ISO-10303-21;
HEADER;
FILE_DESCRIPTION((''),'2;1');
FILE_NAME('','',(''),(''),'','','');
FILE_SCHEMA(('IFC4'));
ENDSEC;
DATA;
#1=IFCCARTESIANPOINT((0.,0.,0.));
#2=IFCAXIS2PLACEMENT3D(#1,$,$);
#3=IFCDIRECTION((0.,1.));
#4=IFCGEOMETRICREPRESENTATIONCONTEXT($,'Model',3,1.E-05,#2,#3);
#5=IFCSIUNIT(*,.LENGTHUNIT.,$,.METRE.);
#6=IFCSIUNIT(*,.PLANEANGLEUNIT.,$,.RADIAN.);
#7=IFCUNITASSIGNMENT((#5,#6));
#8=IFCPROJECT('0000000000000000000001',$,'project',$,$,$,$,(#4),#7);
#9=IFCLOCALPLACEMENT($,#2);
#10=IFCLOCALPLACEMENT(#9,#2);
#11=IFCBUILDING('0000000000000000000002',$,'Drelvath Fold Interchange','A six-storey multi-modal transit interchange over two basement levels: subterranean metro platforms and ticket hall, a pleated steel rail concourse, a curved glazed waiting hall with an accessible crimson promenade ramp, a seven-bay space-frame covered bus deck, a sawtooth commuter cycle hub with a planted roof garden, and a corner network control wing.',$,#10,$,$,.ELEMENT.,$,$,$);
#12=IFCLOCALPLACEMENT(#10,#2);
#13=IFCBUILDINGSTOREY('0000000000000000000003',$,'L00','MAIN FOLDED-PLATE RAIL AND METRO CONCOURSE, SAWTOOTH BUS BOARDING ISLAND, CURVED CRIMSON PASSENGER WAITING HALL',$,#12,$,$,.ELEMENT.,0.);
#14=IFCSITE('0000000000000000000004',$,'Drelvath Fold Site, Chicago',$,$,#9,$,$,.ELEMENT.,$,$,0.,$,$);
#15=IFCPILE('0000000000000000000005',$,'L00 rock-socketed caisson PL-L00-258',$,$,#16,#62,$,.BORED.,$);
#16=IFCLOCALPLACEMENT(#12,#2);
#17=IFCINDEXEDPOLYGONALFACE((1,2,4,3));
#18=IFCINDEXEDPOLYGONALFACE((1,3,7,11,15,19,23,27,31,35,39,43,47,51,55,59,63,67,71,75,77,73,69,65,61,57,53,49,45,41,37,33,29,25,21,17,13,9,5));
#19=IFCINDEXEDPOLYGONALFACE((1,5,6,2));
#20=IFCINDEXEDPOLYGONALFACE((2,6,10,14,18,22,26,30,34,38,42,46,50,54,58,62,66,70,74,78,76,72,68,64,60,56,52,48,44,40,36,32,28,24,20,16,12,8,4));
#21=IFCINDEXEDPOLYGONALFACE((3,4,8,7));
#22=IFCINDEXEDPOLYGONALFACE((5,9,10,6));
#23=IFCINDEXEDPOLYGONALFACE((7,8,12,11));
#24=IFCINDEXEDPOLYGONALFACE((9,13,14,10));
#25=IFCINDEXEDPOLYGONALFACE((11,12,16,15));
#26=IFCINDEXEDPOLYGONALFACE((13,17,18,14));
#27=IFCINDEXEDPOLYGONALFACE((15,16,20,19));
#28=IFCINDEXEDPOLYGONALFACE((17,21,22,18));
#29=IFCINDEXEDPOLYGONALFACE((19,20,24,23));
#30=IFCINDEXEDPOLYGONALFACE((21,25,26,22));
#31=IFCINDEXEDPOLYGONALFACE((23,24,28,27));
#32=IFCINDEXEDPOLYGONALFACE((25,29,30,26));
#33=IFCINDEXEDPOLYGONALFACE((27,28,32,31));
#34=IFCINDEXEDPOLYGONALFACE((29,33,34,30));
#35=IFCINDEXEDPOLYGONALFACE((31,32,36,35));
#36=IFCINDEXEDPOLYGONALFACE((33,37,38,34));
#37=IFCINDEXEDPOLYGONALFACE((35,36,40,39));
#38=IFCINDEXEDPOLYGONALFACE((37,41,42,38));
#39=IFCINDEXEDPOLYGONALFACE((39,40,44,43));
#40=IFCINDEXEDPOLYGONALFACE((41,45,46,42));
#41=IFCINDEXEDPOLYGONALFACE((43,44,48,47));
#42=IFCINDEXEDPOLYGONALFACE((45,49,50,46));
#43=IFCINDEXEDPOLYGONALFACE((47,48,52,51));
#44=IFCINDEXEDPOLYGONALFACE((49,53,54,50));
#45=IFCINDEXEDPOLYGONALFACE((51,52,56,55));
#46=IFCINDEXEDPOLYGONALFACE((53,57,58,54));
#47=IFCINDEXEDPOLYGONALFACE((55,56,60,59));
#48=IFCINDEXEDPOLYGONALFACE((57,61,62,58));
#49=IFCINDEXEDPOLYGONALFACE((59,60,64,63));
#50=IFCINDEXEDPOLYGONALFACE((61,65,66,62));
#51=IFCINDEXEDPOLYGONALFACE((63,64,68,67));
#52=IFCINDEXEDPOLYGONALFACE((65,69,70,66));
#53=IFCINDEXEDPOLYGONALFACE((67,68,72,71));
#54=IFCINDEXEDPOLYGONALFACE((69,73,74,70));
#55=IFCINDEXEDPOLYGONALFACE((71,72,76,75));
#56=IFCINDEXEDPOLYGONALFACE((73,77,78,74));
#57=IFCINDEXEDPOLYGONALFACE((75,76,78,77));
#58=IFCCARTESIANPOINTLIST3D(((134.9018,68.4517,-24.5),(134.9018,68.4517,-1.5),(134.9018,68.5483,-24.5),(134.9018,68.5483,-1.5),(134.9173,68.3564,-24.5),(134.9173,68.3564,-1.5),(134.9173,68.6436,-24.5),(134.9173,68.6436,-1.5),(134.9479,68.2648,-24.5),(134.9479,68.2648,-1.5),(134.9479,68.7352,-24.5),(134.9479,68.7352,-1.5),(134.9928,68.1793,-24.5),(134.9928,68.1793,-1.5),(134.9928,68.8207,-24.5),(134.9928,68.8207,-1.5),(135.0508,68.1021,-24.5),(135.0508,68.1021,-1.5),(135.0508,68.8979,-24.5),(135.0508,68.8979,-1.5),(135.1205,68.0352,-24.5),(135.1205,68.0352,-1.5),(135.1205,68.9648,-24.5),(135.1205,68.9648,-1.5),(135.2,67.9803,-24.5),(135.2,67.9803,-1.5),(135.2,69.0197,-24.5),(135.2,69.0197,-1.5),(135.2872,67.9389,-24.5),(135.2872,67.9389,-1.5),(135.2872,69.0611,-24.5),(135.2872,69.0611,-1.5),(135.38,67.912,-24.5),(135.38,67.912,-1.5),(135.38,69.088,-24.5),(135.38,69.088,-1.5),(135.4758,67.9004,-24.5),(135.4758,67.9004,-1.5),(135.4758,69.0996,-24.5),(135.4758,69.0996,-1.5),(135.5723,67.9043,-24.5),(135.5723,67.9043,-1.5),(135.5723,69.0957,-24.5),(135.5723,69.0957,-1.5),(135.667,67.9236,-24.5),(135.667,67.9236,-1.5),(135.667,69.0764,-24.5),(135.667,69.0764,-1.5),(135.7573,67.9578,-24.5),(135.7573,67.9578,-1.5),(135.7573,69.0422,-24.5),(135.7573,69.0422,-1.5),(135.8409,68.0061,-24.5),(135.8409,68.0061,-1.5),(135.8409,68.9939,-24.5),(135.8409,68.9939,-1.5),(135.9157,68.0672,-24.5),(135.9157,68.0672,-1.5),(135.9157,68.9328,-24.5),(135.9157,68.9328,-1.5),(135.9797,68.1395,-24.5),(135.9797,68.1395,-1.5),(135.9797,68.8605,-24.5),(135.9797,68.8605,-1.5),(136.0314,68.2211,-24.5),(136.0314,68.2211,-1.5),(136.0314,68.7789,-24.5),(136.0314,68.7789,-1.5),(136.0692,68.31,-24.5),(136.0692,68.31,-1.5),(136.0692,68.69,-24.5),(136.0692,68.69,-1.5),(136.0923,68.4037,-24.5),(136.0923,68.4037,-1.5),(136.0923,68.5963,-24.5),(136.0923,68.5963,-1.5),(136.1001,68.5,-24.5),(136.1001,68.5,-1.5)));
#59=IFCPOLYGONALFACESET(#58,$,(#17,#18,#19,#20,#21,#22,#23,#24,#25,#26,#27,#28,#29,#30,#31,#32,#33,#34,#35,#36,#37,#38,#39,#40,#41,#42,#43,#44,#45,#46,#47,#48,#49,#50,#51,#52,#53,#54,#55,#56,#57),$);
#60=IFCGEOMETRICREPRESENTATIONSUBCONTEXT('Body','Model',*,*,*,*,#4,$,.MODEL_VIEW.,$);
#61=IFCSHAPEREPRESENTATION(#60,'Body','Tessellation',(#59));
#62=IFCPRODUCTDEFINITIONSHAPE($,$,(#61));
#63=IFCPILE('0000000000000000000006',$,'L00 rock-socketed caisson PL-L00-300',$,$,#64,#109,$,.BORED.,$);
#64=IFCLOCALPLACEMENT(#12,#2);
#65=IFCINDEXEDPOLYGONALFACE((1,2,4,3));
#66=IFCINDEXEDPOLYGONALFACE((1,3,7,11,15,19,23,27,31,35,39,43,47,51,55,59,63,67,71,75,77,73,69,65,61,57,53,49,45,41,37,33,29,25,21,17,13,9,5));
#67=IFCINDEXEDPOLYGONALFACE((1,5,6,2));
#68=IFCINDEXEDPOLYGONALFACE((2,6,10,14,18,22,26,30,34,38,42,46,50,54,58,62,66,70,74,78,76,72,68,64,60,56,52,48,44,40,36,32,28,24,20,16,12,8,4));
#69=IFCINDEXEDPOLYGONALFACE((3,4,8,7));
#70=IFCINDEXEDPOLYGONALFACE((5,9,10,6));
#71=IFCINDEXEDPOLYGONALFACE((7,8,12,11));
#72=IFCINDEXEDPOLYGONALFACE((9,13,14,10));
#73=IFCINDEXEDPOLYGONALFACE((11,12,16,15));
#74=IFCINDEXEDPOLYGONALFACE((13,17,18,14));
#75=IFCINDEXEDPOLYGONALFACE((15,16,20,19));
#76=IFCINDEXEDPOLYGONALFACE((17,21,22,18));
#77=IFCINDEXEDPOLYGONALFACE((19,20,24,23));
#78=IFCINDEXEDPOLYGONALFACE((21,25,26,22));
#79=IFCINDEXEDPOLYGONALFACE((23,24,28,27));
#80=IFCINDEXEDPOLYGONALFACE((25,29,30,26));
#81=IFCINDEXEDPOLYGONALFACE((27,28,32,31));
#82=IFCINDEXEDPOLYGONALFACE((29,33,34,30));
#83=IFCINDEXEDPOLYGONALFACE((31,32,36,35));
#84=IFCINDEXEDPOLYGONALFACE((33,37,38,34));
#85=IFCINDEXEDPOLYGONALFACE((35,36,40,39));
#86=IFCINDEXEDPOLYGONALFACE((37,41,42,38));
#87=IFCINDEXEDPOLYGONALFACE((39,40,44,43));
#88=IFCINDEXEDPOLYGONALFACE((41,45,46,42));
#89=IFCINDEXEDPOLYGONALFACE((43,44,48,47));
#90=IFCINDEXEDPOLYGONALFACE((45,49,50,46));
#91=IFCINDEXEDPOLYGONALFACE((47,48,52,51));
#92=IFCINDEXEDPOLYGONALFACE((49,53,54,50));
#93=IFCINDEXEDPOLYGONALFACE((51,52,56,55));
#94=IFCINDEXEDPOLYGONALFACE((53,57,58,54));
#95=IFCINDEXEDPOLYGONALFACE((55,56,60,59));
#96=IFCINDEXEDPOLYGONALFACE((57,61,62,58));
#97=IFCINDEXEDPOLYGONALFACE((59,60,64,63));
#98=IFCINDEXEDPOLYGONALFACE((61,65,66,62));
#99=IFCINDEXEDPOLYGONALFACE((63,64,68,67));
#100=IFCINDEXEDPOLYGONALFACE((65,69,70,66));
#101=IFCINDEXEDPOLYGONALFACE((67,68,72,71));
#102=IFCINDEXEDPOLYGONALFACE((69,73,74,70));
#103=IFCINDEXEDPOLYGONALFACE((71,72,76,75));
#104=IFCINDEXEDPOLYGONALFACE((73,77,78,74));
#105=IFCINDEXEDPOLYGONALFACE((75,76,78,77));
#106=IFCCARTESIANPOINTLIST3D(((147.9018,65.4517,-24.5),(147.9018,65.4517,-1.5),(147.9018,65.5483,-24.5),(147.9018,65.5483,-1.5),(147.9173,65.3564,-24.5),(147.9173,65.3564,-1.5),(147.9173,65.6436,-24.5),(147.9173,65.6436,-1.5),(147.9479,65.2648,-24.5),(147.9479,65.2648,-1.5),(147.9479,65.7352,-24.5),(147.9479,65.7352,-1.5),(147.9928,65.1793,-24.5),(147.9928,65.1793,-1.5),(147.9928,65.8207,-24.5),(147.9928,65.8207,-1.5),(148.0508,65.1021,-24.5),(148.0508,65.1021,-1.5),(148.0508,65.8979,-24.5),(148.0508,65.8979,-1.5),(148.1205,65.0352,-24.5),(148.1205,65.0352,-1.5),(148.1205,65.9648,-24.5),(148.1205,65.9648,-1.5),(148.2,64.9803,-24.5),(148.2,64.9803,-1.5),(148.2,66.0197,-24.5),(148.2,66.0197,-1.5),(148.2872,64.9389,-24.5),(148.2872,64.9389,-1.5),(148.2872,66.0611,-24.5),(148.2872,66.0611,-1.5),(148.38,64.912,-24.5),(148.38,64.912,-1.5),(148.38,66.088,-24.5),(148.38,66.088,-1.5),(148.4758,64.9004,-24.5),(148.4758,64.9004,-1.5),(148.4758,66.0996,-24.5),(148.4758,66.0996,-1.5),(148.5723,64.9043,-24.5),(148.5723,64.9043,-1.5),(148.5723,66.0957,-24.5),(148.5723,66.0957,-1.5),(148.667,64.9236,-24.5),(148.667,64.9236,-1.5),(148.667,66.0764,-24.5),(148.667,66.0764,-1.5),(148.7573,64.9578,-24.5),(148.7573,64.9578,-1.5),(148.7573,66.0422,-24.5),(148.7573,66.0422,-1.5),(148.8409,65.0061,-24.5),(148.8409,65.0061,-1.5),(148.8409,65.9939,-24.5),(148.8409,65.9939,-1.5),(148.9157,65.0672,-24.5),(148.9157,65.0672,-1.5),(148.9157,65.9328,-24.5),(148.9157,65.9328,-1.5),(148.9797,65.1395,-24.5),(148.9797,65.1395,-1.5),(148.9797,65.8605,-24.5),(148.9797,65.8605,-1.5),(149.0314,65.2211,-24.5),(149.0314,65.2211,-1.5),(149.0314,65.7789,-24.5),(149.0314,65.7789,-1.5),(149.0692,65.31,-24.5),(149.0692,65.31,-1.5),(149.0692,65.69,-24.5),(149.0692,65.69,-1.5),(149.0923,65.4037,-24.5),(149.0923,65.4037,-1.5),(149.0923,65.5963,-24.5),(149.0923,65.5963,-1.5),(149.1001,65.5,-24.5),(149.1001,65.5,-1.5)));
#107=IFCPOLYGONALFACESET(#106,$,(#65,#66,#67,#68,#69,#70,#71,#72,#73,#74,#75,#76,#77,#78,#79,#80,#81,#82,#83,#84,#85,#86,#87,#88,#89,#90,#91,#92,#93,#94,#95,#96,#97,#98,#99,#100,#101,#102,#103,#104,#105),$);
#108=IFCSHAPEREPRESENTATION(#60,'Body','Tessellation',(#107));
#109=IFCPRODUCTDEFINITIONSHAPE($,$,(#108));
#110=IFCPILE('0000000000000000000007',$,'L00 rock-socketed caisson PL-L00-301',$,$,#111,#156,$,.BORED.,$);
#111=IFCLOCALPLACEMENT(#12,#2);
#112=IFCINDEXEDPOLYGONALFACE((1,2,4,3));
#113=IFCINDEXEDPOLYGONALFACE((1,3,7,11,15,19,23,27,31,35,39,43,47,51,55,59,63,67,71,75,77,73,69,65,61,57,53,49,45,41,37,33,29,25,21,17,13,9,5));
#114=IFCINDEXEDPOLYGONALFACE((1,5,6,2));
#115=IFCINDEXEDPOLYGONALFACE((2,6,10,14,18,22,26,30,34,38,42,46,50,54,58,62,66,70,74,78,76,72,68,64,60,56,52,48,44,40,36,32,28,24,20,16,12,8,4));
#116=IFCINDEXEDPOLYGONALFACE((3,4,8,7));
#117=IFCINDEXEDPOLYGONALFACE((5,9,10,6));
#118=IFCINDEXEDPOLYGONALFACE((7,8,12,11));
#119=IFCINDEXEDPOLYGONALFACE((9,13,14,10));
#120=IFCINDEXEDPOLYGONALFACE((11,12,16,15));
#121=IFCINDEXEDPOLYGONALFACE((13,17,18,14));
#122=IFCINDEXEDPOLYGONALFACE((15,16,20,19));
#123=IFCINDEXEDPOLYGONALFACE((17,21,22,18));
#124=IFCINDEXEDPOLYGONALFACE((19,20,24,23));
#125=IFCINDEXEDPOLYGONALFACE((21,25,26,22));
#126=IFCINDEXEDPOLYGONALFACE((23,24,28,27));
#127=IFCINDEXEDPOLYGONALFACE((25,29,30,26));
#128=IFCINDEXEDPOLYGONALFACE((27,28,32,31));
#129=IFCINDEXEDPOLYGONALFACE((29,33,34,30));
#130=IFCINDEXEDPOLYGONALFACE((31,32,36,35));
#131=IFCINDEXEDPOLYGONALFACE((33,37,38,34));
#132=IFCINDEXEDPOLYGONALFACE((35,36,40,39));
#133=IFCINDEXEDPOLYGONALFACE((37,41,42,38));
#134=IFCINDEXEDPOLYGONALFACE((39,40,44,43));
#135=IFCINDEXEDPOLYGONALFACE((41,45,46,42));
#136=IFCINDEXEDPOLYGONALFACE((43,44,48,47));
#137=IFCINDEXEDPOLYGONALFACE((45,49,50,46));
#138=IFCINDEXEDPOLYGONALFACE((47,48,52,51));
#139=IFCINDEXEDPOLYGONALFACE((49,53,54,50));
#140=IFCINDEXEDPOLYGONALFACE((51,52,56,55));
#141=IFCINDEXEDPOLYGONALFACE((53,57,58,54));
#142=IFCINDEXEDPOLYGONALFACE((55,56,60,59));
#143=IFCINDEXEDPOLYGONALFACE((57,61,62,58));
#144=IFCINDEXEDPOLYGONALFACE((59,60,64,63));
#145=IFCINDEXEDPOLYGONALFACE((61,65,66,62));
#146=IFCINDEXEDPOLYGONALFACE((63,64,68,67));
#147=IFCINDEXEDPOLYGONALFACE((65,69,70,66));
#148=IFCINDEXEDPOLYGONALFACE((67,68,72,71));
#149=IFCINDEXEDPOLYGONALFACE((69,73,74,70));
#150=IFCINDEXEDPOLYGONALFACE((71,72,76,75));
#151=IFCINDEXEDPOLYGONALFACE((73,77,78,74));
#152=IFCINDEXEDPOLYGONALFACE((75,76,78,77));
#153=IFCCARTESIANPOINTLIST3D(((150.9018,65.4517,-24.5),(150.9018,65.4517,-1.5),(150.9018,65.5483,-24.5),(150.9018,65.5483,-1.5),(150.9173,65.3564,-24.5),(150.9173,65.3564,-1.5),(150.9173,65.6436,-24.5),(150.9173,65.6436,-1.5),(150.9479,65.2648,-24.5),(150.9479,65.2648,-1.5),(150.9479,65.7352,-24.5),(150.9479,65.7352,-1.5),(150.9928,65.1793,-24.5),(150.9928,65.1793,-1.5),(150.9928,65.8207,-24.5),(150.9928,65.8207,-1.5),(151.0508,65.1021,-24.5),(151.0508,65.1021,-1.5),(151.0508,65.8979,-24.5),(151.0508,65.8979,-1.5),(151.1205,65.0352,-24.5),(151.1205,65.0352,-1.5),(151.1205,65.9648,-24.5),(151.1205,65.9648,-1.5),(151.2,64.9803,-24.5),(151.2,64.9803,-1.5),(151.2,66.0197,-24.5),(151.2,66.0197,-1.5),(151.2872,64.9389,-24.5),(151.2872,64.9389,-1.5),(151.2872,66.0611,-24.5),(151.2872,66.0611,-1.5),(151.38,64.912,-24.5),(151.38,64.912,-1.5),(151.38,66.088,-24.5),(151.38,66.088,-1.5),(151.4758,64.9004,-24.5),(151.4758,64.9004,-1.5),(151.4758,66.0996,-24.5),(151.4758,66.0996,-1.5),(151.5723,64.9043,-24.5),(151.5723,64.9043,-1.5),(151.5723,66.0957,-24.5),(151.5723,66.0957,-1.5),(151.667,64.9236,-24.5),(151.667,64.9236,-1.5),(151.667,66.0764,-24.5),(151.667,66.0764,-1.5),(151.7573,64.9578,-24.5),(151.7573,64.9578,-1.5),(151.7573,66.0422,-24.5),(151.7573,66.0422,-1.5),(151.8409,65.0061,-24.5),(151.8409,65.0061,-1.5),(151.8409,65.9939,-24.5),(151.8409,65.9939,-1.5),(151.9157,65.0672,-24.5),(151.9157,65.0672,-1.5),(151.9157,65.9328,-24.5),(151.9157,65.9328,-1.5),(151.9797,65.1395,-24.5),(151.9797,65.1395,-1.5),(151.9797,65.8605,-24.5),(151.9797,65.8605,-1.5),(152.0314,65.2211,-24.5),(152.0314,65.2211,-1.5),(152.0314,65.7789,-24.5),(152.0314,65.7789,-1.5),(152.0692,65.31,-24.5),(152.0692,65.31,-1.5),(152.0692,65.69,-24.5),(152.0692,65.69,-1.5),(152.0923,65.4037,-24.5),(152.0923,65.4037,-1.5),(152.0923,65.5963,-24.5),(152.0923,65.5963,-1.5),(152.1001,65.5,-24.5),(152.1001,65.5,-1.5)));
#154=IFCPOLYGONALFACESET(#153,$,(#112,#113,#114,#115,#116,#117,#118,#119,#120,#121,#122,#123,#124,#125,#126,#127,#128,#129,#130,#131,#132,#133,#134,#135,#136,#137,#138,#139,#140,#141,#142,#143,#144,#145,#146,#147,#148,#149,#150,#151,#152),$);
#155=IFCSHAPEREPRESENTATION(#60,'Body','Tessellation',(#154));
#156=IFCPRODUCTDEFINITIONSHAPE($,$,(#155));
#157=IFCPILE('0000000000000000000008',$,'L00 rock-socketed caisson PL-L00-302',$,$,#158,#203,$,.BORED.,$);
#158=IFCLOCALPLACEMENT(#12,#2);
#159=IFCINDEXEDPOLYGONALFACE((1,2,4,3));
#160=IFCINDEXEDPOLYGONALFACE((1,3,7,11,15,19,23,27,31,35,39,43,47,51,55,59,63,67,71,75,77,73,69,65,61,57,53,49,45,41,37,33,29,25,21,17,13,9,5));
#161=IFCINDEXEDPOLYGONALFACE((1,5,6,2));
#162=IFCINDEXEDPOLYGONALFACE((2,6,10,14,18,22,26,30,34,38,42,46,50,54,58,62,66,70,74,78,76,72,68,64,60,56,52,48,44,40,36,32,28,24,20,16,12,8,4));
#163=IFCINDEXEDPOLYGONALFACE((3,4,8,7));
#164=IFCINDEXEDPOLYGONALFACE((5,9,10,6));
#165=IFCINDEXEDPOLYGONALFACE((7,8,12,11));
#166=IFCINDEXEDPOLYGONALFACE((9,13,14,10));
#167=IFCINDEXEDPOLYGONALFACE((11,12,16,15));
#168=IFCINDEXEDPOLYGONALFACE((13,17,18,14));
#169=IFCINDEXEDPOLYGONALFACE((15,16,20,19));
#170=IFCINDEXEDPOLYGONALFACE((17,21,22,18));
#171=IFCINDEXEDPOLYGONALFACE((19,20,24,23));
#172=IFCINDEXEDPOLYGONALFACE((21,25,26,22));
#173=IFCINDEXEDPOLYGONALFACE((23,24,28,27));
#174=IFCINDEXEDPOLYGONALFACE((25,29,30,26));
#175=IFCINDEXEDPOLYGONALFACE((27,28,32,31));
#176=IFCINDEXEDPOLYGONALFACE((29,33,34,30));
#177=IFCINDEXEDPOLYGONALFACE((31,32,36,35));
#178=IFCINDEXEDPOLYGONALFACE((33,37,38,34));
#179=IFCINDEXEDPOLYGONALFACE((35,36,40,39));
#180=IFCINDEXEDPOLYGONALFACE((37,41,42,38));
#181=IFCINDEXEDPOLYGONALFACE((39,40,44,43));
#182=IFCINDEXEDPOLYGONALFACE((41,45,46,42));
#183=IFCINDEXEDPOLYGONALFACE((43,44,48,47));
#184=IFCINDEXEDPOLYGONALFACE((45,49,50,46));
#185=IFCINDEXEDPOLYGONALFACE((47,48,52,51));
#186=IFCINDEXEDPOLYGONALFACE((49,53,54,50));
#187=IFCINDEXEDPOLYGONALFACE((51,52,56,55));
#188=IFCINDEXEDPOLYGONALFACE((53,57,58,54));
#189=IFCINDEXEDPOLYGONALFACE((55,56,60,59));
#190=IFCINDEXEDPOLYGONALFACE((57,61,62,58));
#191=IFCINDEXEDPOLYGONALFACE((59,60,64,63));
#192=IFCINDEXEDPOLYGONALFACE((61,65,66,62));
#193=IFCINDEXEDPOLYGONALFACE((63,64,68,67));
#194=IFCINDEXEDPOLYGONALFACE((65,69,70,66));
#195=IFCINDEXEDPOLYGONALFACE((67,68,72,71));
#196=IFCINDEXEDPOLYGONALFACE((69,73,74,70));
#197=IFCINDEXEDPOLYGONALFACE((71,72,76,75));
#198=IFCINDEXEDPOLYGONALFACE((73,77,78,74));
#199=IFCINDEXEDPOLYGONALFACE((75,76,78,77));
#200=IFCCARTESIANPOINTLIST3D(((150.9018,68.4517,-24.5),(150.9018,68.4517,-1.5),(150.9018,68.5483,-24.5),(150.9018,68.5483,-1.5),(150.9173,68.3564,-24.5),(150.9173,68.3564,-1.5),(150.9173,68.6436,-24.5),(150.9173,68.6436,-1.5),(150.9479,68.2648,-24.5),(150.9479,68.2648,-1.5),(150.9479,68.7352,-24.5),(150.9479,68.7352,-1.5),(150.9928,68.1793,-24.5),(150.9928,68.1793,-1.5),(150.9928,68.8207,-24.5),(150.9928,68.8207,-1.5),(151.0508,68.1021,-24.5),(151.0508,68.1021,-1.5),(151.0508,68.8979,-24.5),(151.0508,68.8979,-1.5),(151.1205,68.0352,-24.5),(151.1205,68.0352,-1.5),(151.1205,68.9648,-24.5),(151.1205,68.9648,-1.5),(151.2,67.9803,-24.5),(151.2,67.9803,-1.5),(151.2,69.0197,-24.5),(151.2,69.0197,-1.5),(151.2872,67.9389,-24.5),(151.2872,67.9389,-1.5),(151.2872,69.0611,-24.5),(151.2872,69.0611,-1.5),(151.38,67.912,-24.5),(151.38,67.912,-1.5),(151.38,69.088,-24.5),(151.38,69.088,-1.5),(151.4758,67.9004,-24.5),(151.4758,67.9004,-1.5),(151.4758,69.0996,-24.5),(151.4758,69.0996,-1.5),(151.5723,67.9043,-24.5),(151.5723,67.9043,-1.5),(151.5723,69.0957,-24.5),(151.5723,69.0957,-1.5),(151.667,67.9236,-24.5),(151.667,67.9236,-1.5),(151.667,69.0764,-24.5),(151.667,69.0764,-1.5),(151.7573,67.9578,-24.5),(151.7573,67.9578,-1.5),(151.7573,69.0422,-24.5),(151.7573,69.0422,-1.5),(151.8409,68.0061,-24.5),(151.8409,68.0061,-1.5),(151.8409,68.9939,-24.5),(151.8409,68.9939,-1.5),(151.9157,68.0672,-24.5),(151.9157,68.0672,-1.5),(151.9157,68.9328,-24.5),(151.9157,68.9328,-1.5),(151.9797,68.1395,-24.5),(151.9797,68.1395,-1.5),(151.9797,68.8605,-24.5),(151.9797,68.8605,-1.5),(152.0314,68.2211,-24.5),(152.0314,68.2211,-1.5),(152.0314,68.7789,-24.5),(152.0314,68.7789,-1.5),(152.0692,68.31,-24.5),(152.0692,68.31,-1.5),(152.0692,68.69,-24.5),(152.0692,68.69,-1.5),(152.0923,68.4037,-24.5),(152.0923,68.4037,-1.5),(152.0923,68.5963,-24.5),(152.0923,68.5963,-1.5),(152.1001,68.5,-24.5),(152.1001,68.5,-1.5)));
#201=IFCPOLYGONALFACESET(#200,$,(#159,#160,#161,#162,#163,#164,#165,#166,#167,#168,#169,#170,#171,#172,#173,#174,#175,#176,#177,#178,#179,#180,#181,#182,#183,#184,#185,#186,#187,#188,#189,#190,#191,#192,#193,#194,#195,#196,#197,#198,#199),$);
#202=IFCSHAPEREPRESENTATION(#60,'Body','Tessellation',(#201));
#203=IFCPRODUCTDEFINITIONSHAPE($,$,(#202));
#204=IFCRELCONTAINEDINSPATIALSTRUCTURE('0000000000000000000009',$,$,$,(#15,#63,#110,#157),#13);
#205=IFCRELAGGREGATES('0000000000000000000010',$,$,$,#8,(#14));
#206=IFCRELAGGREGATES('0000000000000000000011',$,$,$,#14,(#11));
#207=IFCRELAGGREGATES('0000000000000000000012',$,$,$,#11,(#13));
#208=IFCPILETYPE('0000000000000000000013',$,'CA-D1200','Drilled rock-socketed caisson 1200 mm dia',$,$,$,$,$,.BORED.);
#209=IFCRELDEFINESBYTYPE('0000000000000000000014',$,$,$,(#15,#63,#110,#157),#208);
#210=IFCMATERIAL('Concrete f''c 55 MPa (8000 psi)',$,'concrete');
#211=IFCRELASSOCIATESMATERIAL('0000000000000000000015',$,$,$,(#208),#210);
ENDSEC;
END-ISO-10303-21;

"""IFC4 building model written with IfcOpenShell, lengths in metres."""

from ifc_helpers import new_model, si_unit, direction, frame, origin, origin_2d, place, context, subcontext, project, spatial, circle, extrude, material, material_profile, profile_set, type_object, element, save


model = new_model("IFC4")

# Units and contexts
model_context = context("Model", 3, precision=1e-05, world=origin(), true_north=direction((0.0, 1.0)))
body_context = subcontext(model_context, "Body", "Model", "MODEL_VIEW")
ifc_project = project(units=[si_unit("LENGTHUNIT", "METRE"), si_unit("PLANEANGLEUNIT", "RADIAN")], contexts=[model_context])

# Site, building, storey
site_placement = place(None, origin())
site = spatial("IfcSite", under=ifc_project, at=site_placement, Name="Drelvath Fold Site, Chicago", CompositionType="ELEMENT", RefElevation=0.0)
building_placement = place(site_placement, origin())
building = spatial("IfcBuilding", under=site, at=building_placement, Name="Drelvath Fold Interchange", Description="A six-storey multi-modal transit interchange over two basement levels: subterranean metro platforms and ticket hall, a pleated steel rail concourse, a curved glazed waiting hall with an accessible crimson promenade ramp, a seven-bay space-frame covered bus deck, a sawtooth commuter cycle hub with a planted roof garden, and a corner network control wing.", CompositionType="ELEMENT")
storey_placement = place(building_placement, origin())
storey = spatial("IfcBuildingStorey", under=building, at=storey_placement, Name="L00", Description="MAIN FOLDED-PLATE RAIL AND METRO CONCOURSE, SAWTOOTH BUS BOARDING ISLAND, CURVED CRIMSON PASSENGER WAITING HALL", CompositionType="ELEMENT", Elevation=0.0)

# Piles
ifc_material_1 = material(Name="Concrete f'c 55 MPa (8000 psi)", Category="concrete")
ifc_material_profile_1 = material_profile(ifc_material_1, circle(Radius=0.6001, at=origin_2d()), Name="CAISSON D1200")
ifc_profile_set_1 = profile_set([ifc_material_profile_1], Name="Concrete f'c 55 MPa (8000 psi)")
pile_type_1 = type_object("IfcPileType", Name="CA-D1200", Description="Drilled rock-socketed caisson 1200 mm dia", PredefinedType="BORED", material=ifc_profile_set_1)
for number, where, z_axis, x_axis, name in (
    (1, (135.5, 68.5, -1.5), (0.0, 0.0, -1.0), (1.0, 0.0, 0.0), "L00 rock-socketed caisson PL-L00-258"),
    (2, (148.5, 65.5, -1.5), (0.0, 0.0, -1.0), (1.0, 0.0, 0.0), "L00 rock-socketed caisson PL-L00-300"),
    (3, (151.5, 65.5, -1.5), (0.0, 0.0, -1.0), (1.0, 0.0, 0.0), "L00 rock-socketed caisson PL-L00-301"),
    (4, (151.5, 68.5, -1.5), (0.0, 0.0, -1.0), (1.0, 0.0, 0.0), "L00 rock-socketed caisson PL-L00-302"),
):
    element("IfcPile", number, at=place(storey_placement, frame(where, z_axis=z_axis, x_axis=x_axis)), inside=storey, type_object=pile_type_1, Name=name, PredefinedType="BORED", context=body_context, shape_type="SweptSolid", body=[
        extrude(circle(Radius=0.6001, at=origin_2d()), origin(), (0.0, 0.0, 1.0), 23.0),
    ])

save(model, "model.ifc")
